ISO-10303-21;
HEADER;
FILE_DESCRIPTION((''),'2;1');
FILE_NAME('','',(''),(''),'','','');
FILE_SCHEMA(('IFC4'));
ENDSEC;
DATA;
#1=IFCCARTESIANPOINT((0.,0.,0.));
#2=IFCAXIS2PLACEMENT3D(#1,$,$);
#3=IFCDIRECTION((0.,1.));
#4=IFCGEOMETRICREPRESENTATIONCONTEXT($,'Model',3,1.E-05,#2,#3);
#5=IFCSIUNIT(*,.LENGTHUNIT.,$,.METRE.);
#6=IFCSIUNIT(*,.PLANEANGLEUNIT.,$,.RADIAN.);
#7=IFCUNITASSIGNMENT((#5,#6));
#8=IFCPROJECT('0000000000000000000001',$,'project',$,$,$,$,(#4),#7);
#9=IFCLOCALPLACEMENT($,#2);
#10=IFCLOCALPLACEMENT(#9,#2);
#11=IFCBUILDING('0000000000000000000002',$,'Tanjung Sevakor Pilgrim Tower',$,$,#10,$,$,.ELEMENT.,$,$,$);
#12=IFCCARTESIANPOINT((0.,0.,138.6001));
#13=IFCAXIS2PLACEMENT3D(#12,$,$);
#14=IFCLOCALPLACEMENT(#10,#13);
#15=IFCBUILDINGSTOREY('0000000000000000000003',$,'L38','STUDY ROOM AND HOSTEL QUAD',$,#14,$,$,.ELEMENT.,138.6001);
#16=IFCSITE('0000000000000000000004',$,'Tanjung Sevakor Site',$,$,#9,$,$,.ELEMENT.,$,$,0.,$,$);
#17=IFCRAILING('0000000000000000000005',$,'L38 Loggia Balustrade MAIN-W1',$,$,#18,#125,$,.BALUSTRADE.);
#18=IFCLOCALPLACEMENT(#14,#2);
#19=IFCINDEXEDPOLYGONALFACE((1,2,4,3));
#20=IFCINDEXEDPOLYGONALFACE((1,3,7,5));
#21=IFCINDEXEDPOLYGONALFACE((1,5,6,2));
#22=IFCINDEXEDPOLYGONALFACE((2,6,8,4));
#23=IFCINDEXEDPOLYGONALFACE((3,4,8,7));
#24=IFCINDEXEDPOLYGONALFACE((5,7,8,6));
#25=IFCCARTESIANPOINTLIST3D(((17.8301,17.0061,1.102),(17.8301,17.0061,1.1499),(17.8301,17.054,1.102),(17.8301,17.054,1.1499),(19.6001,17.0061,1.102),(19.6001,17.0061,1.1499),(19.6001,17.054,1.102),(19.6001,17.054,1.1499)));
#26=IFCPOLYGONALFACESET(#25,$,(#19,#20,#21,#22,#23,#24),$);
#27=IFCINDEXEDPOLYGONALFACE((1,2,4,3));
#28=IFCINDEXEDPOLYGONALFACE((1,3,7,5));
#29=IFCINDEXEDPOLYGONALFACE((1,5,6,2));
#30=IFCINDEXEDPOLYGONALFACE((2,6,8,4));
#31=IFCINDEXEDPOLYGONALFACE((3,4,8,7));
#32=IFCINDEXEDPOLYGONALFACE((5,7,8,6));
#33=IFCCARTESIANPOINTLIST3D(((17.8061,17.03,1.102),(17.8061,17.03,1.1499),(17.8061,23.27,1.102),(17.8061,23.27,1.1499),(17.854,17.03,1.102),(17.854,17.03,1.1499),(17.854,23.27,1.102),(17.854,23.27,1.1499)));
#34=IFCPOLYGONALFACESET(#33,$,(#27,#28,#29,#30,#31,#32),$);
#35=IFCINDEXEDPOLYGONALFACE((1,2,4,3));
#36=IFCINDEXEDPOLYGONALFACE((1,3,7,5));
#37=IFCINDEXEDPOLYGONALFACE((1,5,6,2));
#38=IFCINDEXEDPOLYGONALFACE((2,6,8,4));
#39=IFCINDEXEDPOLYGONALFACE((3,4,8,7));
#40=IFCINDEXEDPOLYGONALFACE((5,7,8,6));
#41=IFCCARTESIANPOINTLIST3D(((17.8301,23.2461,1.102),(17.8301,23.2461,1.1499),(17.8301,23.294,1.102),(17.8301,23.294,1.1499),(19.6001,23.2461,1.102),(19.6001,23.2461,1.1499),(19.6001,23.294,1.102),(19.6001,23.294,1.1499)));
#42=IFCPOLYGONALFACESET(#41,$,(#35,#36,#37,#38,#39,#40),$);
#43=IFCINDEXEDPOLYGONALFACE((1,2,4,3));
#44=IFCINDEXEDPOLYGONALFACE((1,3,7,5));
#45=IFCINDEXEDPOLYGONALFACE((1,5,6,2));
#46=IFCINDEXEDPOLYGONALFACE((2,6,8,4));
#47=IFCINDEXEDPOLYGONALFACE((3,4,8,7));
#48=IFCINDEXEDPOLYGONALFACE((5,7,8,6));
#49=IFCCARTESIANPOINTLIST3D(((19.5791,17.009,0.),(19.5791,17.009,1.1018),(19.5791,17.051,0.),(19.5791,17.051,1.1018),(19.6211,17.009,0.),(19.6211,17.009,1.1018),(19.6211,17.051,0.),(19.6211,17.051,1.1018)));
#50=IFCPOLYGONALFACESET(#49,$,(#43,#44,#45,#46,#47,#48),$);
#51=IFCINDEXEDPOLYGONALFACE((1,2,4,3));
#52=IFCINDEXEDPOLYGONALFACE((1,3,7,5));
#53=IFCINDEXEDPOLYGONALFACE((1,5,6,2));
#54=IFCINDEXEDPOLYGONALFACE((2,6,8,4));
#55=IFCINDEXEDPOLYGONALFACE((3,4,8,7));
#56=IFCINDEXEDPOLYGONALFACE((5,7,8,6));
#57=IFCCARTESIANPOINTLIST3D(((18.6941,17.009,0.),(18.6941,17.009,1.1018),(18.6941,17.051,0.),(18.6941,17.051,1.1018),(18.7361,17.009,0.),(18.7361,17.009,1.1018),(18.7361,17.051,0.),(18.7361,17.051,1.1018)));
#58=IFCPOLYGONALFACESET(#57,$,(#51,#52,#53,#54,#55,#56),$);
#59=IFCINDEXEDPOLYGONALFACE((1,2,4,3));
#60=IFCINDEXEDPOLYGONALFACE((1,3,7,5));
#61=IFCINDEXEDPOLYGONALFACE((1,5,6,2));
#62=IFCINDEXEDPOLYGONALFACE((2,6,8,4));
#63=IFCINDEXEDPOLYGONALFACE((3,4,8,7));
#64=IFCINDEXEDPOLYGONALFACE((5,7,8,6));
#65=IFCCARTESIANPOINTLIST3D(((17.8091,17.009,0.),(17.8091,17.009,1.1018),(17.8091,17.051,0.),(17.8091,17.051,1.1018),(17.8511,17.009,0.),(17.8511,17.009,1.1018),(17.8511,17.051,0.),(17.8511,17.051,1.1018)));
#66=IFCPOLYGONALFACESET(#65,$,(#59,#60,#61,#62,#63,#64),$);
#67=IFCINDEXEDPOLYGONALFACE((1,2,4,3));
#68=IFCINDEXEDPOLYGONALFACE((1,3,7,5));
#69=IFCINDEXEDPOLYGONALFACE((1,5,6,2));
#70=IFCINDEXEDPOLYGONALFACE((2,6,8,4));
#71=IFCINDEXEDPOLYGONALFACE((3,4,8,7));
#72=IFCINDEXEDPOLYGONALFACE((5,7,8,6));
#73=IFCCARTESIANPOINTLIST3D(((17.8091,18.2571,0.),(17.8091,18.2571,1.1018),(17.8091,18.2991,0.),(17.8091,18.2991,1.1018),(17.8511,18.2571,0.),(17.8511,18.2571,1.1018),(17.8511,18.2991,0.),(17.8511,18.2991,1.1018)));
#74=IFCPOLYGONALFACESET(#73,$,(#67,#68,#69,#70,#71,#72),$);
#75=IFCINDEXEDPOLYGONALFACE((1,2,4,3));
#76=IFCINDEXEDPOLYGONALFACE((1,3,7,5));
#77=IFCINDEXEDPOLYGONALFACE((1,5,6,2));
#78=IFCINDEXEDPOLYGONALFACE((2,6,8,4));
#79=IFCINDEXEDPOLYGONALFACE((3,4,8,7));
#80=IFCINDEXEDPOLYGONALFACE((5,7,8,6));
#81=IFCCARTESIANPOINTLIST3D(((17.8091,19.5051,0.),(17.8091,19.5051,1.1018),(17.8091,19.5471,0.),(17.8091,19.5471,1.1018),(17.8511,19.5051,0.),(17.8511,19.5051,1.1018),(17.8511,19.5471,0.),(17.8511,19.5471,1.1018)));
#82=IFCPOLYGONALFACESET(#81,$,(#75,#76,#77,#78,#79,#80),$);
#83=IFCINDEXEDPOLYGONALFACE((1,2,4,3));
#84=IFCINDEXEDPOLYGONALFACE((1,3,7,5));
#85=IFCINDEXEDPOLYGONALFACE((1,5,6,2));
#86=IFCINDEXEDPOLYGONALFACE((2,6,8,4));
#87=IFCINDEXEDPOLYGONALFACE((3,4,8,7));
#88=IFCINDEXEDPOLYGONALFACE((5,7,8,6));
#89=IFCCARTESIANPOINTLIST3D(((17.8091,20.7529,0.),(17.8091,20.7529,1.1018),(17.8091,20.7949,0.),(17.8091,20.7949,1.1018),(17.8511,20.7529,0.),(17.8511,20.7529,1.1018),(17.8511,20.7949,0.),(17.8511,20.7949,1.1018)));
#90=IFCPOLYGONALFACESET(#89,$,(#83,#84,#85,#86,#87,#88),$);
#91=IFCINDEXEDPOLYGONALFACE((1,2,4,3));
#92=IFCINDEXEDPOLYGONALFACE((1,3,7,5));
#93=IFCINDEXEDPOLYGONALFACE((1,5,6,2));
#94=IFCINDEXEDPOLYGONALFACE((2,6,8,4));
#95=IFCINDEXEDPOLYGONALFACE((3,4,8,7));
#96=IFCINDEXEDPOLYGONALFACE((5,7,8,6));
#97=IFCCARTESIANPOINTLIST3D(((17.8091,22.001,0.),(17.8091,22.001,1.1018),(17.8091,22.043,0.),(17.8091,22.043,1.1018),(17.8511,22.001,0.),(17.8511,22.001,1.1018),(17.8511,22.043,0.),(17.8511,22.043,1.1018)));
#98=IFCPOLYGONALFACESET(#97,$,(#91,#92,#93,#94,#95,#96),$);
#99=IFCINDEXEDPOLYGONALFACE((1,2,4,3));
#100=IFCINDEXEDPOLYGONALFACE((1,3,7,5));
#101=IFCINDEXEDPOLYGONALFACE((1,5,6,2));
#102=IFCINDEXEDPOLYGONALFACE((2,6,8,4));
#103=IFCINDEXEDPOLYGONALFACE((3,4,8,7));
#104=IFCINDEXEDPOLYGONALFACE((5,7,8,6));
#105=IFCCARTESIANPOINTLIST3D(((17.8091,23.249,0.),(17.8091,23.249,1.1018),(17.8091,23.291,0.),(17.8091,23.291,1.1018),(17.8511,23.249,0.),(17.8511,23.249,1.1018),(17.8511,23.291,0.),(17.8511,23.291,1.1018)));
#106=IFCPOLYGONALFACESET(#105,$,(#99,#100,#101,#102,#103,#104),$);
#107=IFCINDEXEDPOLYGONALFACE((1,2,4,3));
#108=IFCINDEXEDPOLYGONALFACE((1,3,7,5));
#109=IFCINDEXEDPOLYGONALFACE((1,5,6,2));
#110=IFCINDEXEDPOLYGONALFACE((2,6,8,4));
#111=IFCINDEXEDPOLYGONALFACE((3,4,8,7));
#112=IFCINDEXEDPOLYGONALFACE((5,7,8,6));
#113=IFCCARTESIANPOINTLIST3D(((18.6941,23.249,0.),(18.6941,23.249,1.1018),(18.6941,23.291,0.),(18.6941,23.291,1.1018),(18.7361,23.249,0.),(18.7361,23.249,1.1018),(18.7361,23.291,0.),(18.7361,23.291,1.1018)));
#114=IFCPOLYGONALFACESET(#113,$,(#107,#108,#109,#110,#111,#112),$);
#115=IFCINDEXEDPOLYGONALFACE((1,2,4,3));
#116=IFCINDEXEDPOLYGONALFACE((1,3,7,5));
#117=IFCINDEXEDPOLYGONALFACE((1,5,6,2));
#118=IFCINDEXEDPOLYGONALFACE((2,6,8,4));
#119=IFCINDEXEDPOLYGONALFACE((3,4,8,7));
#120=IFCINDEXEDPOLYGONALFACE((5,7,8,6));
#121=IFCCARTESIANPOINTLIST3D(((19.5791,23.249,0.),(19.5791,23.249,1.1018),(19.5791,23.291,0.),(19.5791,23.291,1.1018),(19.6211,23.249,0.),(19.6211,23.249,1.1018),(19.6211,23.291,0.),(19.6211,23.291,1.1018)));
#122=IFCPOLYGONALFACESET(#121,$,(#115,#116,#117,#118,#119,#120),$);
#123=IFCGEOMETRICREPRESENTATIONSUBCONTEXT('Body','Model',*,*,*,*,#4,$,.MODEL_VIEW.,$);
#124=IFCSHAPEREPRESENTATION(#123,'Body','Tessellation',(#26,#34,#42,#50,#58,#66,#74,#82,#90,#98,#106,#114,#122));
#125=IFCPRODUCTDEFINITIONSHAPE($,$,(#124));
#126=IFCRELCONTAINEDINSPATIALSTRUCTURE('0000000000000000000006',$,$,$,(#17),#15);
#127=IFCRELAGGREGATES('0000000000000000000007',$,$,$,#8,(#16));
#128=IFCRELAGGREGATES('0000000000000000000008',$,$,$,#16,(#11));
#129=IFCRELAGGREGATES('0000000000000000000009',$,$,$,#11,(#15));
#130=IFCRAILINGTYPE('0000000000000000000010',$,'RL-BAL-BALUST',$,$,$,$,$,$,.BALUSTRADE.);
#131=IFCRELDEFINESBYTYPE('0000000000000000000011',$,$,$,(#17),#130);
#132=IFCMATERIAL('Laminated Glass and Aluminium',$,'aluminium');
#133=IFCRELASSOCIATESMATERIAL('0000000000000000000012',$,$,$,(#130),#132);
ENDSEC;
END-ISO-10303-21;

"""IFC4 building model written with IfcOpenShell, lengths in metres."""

from ifc_helpers import new_model, si_unit, direction, frame, origin, place, context, subcontext, project, spatial, rectangle, extrude, material, type_object, element, save


model = new_model("IFC4")

# Units and contexts
model_context = context("Model", 3, precision=1e-05, world=origin(), true_north=direction((0.0, 1.0)))
body_context = subcontext(model_context, "Body", "Model", "MODEL_VIEW")
ifc_project = project(units=[si_unit("LENGTHUNIT", "METRE"), si_unit("PLANEANGLEUNIT", "RADIAN")], contexts=[model_context])

# Site, building, storey
site_placement = place(None, origin())
site = spatial("IfcSite", under=ifc_project, at=site_placement, Name="Tanjung Sevakor Site", CompositionType="ELEMENT", RefElevation=0.0)
building_placement = place(site_placement, origin())
building = spatial("IfcBuilding", under=site, at=building_placement, Name="Tanjung Sevakor Pilgrim Tower", CompositionType="ELEMENT")
storey_placement = place(building_placement, frame((0.0, 0.0, 138.6001)))
storey = spatial("IfcBuildingStorey", under=building, at=storey_placement, Name="L38", Description="STUDY ROOM AND HOSTEL QUAD", CompositionType="ELEMENT", Elevation=138.6001)

# Railing
ifc_material_1 = material(Name="Laminated Glass and Aluminium", Category="aluminium")
railing_type = type_object("IfcRailingType", Name="RL-BAL-BALUST", PredefinedType="BALUSTRADE", material=ifc_material_1)
railing_1_placement = place(storey_placement, frame((19.6001, 17.03, 0.0)))
element("IfcRailing", 1, at=railing_1_placement, inside=storey, type_object=railing_type, Name="L38 Loggia Balustrade MAIN-W1", PredefinedType="BALUSTRADE", context=body_context, shape_type="SweptSolid", body=[
    extrude(rectangle(XDim=0.0479, YDim=0.0479), frame((0.0, 0.0, 1.126), z_axis=(-1.0, 0.0, 0.0), x_axis=(0.0, -1.0, 0.0)), (0.0, 0.0, 1.0), 1.77),
    extrude(rectangle(XDim=0.0479, YDim=0.0479), frame((-1.77, 0.0, 1.126), z_axis=(0.0, 1.0, 0.0), x_axis=(-1.0, 0.0, 0.0)), (0.0, 0.0, 1.0), 6.24),
    extrude(rectangle(XDim=0.0479, YDim=0.0479), frame((-1.77, 6.24, 1.126), z_axis=(1.0, 0.0, 0.0), x_axis=(0.0, 1.0, 0.0)), (0.0, 0.0, 1.0), 1.77),
    extrude(rectangle(XDim=0.042, YDim=0.042), origin(), (0.0, 0.0, 1.0), 1.1018),
    extrude(rectangle(XDim=0.042, YDim=0.042), frame((-0.885, 0.0, 0.0)), (0.0, 0.0, 1.0), 1.1018),
    extrude(rectangle(XDim=0.042, YDim=0.042), frame((-1.77, 0.0, 0.0)), (0.0, 0.0, 1.0), 1.1018),
    extrude(rectangle(XDim=0.042, YDim=0.042), frame((-1.77, 1.248, 0.0)), (0.0, 0.0, 1.0), 1.1018),
    extrude(rectangle(XDim=0.042, YDim=0.042), frame((-1.77, 2.4961, 0.0)), (0.0, 0.0, 1.0), 1.1018),
    extrude(rectangle(XDim=0.042, YDim=0.042), frame((-1.77, 3.7439, 0.0)), (0.0, 0.0, 1.0), 1.1018),
    extrude(rectangle(XDim=0.042, YDim=0.042), frame((-1.77, 4.9919, 0.0)), (0.0, 0.0, 1.0), 1.1018),
    extrude(rectangle(XDim=0.042, YDim=0.042), frame((-1.77, 6.24, 0.0)), (0.0, 0.0, 1.0), 1.1018),
    extrude(rectangle(XDim=0.042, YDim=0.042), frame((-0.885, 6.24, 0.0)), (0.0, 0.0, 1.0), 1.1018),
    extrude(rectangle(XDim=0.042, YDim=0.042), frame((0.0, 6.24, 0.0)), (0.0, 0.0, 1.0), 1.1018),
])

save(model, "model.ifc")
